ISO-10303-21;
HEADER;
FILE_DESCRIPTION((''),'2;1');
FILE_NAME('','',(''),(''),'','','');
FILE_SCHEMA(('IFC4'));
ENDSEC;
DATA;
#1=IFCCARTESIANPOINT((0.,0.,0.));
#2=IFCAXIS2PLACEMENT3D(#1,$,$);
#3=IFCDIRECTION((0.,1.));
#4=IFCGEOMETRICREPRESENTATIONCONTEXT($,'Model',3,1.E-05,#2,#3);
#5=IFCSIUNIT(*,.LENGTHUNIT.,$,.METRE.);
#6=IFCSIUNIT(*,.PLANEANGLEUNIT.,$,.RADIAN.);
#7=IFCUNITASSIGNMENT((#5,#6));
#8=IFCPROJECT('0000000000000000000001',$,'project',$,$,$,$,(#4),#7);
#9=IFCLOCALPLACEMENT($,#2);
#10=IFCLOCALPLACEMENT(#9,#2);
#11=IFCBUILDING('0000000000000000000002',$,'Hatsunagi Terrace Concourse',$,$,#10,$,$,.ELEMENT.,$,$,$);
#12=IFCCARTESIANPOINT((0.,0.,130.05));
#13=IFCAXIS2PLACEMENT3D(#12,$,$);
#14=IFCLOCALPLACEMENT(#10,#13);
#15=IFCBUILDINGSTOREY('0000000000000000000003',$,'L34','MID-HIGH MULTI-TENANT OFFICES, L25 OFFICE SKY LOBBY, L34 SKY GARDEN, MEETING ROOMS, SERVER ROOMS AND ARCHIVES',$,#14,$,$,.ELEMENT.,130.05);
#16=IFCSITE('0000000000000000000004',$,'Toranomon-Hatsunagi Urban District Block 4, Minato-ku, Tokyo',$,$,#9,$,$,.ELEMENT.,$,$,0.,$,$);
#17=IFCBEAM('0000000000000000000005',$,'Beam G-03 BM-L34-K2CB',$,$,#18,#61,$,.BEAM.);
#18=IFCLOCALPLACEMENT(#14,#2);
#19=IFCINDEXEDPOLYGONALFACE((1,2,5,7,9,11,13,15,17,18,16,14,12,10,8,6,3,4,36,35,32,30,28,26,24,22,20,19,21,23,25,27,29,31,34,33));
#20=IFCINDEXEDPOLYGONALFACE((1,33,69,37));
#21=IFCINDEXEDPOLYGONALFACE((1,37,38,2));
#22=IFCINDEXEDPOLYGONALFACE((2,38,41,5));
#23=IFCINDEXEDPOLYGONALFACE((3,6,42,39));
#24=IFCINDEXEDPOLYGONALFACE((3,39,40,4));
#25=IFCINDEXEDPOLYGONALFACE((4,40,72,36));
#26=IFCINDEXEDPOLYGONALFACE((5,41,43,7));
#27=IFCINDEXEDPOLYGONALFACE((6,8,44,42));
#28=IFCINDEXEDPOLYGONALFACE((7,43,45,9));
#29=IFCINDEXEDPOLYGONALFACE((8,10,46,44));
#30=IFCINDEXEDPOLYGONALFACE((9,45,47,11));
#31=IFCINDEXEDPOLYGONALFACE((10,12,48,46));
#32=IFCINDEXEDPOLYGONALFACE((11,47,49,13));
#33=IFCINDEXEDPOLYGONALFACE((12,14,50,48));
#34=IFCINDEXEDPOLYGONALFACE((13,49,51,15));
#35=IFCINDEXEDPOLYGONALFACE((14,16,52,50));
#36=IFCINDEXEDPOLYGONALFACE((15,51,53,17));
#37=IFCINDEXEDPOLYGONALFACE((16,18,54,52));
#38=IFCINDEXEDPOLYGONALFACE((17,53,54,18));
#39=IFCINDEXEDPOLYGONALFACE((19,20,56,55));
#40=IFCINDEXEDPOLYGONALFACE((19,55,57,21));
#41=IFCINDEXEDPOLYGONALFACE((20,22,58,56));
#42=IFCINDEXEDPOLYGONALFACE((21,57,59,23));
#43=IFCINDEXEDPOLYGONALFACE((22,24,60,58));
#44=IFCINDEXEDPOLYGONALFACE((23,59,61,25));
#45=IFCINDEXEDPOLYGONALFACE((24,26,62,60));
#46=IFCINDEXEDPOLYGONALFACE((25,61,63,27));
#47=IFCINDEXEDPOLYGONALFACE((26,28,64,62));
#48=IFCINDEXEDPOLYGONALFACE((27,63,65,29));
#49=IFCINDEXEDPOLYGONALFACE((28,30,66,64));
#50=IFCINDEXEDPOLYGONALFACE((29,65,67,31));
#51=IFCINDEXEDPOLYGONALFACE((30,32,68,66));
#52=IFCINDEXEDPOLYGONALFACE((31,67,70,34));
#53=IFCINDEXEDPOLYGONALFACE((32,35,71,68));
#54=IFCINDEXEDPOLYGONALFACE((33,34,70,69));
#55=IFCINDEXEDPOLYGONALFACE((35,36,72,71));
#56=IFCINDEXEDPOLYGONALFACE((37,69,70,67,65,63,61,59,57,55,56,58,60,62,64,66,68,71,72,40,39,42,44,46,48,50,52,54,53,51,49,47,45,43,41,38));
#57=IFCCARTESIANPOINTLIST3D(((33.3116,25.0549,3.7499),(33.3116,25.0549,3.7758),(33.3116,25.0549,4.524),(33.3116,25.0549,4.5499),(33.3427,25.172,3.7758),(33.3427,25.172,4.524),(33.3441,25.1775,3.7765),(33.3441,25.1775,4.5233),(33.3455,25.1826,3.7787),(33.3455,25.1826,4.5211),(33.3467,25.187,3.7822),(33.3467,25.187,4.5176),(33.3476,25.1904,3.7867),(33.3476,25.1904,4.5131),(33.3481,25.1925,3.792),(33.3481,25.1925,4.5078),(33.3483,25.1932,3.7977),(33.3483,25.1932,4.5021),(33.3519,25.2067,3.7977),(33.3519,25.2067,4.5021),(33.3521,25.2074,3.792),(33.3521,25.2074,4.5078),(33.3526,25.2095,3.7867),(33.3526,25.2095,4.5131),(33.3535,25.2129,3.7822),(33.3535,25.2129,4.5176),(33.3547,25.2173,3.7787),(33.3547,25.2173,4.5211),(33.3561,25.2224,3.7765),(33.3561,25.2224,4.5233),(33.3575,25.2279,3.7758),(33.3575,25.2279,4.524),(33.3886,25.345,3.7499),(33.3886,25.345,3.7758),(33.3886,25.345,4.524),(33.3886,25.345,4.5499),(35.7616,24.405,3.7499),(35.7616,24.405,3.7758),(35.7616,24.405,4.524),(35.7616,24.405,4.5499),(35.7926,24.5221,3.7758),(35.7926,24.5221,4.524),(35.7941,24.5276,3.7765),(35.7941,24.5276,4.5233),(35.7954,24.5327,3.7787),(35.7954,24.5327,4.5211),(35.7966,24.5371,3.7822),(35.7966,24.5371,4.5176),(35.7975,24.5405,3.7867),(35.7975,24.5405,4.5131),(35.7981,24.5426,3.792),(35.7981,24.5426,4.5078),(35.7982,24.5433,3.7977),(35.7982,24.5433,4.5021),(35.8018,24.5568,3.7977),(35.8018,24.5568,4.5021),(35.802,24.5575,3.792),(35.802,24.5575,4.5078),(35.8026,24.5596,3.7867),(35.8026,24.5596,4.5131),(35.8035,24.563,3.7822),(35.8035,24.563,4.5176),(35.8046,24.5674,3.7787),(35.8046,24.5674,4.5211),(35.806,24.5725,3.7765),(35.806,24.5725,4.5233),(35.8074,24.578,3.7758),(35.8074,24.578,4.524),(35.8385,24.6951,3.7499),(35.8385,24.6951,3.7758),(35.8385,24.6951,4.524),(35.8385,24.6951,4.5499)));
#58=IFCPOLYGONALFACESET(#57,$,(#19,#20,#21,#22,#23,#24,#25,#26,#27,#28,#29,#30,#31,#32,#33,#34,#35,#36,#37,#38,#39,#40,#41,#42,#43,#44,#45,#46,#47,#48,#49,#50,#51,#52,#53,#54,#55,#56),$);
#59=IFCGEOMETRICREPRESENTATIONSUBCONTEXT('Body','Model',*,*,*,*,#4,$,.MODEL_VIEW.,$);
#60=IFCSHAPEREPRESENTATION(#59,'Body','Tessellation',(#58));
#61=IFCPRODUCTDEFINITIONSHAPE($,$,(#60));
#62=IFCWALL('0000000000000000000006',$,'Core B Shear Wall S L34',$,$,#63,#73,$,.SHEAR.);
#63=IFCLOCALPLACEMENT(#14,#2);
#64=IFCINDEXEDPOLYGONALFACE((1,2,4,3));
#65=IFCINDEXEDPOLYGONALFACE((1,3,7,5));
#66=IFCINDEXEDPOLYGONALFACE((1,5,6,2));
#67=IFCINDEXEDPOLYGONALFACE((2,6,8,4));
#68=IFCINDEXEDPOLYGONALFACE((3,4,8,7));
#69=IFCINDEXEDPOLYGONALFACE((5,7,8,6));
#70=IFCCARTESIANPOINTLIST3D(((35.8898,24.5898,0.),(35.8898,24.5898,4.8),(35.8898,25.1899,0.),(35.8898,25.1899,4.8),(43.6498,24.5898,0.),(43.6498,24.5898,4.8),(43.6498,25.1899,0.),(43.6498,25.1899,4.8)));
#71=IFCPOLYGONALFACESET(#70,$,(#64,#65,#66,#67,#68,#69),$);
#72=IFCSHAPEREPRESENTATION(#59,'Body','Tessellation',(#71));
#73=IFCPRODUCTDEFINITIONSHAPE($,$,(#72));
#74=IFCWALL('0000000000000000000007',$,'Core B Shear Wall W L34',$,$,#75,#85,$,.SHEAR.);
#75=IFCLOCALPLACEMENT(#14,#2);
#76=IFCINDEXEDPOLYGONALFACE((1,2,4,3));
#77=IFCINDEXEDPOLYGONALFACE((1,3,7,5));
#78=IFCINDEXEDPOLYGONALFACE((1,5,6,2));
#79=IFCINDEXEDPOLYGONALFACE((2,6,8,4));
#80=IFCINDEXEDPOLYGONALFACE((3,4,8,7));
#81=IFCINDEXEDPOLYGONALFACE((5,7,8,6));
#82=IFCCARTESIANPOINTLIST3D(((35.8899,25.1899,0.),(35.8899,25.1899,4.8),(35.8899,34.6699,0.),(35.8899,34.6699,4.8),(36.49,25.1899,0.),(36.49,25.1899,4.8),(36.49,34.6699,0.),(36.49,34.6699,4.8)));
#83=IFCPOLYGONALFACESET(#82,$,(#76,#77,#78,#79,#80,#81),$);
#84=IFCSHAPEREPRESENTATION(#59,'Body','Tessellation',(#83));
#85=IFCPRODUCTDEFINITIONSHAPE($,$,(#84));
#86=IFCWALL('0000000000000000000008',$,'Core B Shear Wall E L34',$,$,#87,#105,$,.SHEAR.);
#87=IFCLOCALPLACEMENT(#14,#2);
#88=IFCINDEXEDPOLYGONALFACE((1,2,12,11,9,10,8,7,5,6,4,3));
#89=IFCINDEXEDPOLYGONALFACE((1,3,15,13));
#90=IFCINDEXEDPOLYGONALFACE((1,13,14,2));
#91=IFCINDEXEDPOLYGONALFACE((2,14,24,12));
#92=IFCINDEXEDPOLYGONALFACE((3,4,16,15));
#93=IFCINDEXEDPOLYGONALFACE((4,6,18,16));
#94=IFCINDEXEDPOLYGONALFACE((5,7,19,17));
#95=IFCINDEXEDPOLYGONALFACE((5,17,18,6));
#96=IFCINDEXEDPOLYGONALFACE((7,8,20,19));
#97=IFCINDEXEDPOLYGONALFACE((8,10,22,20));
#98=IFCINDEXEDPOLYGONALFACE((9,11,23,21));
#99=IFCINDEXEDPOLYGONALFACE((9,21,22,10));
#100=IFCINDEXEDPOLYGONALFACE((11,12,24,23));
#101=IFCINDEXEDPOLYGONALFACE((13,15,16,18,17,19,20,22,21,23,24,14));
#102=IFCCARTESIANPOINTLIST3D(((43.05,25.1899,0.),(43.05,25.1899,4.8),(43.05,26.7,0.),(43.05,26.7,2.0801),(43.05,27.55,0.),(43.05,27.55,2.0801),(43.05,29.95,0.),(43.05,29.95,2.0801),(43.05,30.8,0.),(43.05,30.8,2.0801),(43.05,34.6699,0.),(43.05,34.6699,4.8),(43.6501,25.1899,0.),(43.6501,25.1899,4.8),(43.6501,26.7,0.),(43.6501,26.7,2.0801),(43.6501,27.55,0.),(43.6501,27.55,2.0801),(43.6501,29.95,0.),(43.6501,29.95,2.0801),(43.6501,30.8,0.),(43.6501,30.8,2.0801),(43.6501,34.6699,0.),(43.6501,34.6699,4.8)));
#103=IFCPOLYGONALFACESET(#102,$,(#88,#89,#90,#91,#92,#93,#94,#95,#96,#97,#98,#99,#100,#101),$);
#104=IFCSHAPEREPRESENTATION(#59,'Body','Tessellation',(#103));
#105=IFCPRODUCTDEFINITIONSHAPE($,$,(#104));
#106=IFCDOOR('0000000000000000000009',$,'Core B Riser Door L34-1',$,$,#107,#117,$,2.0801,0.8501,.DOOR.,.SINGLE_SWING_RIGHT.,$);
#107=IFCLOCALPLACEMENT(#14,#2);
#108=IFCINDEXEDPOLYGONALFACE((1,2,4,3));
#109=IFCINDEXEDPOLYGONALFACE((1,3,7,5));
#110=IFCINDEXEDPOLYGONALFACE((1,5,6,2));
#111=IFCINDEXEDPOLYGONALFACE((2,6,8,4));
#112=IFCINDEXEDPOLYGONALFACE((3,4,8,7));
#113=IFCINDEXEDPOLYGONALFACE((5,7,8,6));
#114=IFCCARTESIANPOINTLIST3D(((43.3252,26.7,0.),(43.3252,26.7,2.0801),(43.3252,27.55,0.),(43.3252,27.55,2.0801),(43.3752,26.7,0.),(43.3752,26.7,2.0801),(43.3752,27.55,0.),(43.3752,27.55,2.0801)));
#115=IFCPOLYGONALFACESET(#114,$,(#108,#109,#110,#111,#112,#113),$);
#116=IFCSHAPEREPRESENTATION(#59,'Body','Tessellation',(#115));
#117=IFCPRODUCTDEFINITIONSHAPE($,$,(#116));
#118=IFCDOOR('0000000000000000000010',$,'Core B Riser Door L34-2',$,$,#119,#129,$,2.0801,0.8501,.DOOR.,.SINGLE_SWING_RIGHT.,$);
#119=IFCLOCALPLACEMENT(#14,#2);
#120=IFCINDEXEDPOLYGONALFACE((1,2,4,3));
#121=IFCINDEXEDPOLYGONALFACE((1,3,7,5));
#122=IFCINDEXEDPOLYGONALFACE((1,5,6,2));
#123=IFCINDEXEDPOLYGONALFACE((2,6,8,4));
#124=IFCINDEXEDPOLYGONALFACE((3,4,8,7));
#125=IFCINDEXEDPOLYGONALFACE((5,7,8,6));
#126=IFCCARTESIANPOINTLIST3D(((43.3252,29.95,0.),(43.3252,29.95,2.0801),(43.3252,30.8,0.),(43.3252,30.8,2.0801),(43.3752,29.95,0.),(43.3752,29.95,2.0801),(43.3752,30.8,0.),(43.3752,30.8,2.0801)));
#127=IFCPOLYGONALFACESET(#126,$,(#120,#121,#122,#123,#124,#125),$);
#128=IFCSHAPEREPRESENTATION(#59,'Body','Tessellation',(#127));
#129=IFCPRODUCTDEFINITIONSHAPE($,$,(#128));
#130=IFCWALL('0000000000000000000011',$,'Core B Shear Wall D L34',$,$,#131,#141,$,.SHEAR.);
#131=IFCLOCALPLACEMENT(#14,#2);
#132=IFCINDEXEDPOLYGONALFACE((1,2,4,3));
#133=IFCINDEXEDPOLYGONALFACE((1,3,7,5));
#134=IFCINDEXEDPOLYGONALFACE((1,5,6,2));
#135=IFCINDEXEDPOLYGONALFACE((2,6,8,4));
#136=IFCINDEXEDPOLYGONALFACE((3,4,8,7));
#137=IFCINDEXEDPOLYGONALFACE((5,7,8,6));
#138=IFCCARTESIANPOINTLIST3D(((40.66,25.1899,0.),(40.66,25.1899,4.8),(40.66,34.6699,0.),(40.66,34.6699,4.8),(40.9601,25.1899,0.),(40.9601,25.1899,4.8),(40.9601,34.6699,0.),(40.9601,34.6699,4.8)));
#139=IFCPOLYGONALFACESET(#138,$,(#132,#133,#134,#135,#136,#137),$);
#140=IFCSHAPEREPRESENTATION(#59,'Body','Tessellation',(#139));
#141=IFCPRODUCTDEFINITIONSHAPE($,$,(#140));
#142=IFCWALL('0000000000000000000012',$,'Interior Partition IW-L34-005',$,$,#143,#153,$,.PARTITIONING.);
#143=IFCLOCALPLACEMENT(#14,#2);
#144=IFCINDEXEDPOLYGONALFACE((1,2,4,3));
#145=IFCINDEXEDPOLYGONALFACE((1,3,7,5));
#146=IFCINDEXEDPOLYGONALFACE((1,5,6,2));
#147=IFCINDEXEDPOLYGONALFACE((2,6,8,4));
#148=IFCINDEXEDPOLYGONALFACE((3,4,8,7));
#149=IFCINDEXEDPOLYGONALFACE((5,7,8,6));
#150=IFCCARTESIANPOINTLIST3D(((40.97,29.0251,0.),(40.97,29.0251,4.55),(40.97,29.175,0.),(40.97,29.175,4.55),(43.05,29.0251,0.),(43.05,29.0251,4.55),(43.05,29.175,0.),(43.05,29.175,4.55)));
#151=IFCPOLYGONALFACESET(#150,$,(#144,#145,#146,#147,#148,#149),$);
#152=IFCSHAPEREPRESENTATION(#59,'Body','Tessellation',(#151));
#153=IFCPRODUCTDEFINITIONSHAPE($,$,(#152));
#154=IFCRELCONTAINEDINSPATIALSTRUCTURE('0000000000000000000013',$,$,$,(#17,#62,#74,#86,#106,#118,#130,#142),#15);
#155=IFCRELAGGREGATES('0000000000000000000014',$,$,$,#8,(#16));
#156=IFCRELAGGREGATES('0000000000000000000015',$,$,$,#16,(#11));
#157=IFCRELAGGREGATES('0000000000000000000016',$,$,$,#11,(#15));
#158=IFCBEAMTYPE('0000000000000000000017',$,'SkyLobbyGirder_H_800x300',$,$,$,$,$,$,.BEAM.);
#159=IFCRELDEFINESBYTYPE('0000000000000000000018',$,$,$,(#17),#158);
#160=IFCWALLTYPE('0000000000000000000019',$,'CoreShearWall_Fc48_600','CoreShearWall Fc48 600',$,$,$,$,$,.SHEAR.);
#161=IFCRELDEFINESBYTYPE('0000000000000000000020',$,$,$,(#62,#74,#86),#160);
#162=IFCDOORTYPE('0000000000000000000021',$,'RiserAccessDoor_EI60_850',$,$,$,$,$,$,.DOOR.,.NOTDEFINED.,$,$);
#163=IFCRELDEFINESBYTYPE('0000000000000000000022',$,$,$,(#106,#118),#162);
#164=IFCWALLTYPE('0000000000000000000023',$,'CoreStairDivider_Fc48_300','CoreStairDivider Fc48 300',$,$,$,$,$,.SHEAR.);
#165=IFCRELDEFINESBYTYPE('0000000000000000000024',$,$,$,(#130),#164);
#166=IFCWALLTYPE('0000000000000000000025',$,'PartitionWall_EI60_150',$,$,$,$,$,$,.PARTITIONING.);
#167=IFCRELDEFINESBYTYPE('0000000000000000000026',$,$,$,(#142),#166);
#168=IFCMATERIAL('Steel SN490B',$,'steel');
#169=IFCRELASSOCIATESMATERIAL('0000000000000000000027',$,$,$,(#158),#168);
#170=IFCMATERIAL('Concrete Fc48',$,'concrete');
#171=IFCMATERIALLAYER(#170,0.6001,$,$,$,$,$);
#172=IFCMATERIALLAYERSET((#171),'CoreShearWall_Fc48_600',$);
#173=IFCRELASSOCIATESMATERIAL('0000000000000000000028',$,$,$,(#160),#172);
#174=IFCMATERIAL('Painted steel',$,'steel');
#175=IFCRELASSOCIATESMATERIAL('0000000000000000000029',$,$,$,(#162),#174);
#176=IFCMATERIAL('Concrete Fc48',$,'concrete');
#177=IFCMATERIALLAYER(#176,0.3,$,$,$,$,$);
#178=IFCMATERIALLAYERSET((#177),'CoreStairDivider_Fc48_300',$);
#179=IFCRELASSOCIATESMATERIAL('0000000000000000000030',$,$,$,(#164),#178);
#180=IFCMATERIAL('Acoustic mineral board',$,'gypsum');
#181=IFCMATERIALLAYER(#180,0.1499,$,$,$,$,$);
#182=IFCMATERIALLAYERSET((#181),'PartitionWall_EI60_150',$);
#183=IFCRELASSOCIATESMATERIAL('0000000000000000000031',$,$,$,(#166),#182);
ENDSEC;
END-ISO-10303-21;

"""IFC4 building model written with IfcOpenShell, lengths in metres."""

from ifc_helpers import new_model, si_unit, direction, frame, frame_2d, origin, origin_2d, place, context, subcontext, project, spatial, rectangle, i_section, extrude, material, layer, layer_set, material_profile, profile_set, type_object, element, fill, save


model = new_model("IFC4")

# Units and contexts
model_context = context("Model", 3, precision=1e-05, world=origin(), true_north=direction((0.0, 1.0)))
body_context = subcontext(model_context, "Body", "Model", "MODEL_VIEW")
ifc_project = project(units=[si_unit("LENGTHUNIT", "METRE"), si_unit("PLANEANGLEUNIT", "RADIAN")], contexts=[model_context])

# Site, building, storey
site_placement = place(None, origin())
site = spatial("IfcSite", under=ifc_project, at=site_placement, Name="Toranomon-Hatsunagi Urban District Block 4, Minato-ku, Tokyo", CompositionType="ELEMENT", RefElevation=0.0)
building_placement = place(site_placement, origin())
building = spatial("IfcBuilding", under=site, at=building_placement, Name="Hatsunagi Terrace Concourse", CompositionType="ELEMENT")
storey_placement = place(building_placement, frame((0.0, 0.0, 130.05)))
storey = spatial("IfcBuildingStorey", under=building, at=storey_placement, Name="L34", Description="MID-HIGH MULTI-TENANT OFFICES, L25 OFFICE SKY LOBBY, L34 SKY GARDEN, MEETING ROOMS, SERVER ROOMS AND ARCHIVES", CompositionType="ELEMENT", Elevation=130.05)

# Beam
ifc_material_1 = material(Name="Steel SN490B", Category="steel")
ifc_material_profile_1 = material_profile(ifc_material_1, i_section(OverallWidth=0.3, OverallDepth=0.8, WebThickness=0.0139, FlangeThickness=0.0259, FilletRadius=0.022, at=origin_2d()), Name="H-800x300x14x26")
ifc_profile_set_1 = profile_set([ifc_material_profile_1], Name="Steel SN490B")
beam_type_1 = type_object("IfcBeamType", Name="SkyLobbyGirder_H_800x300", PredefinedType="BEAM", material=ifc_profile_set_1)
beam_1_placement = place(storey_placement, frame((33.3501, 25.2, 4.1499), z_axis=(0.96657, -0.256403, 0.0), x_axis=(0.256403, 0.96657, 0.0)))
element("IfcBeam", 1, at=beam_1_placement, inside=storey, type_object=beam_type_1, Name="Beam G-03 BM-L34-K2CB", PredefinedType="BEAM", context=body_context, shape_type="SweptSolid", body=[
    extrude(i_section(OverallWidth=0.3, OverallDepth=0.8, WebThickness=0.0139, FlangeThickness=0.0259, FilletRadius=0.022, at=origin_2d()), origin(), (0.0, 0.0, 1.0), 2.5347),
])

# Walls
ifc_material_2 = material(Name="Concrete Fc48", Category="concrete")
ifc_layer_1 = layer(ifc_material_2, 0.6001)
ifc_layer_set_1 = layer_set([ifc_layer_1], Name="CoreShearWall_Fc48_600")
wall_type_1 = type_object("IfcWallType", Name="CoreShearWall_Fc48_600", Description="CoreShearWall Fc48 600", PredefinedType="SHEAR", material=ifc_layer_set_1)
wall_1_placement = place(storey_placement, frame((35.8899, 24.8899, 0.0), z_axis=(0.0, 0.0, 1.0), x_axis=(1.0, 0.0, 0.0)))
element("IfcWall", 2, at=wall_1_placement, inside=storey, type_object=wall_type_1, Name="Core B Shear Wall S L34", PredefinedType="SHEAR", context=body_context, shape_type="SweptSolid", body=[
    extrude(rectangle(XDim=7.76, YDim=0.6001, at=frame_2d((3.8799, 0.0))), origin(), (0.0, 0.0, 1.0), 4.8),
])
wall_2_placement = place(storey_placement, frame((36.1899, 25.1899, 0.0), z_axis=(0.0, 0.0, 1.0), x_axis=(0.0, 1.0, 0.0)))
element("IfcWall", 3, at=wall_2_placement, inside=storey, type_object=wall_type_1, Name="Core B Shear Wall W L34", PredefinedType="SHEAR", context=body_context, shape_type="SweptSolid", body=[
    extrude(rectangle(XDim=9.48, YDim=0.6001, at=frame_2d((4.74, 0.0))), origin(), (0.0, 0.0, 1.0), 4.8),
])

# Wall, openings, doors
wall_3_placement = place(storey_placement, frame((43.3501, 25.1899, 0.0), z_axis=(0.0, 0.0, 1.0), x_axis=(0.0, 1.0, 0.0)))
wall_3 = element("IfcWall", 4, at=wall_3_placement, inside=storey, type_object=wall_type_1, Name="Core B Shear Wall E L34", PredefinedType="SHEAR", context=body_context, shape_type="SweptSolid", body=[
    extrude(rectangle(XDim=9.48, YDim=0.6001, at=frame_2d((4.74, 0.0))), origin(), (0.0, 0.0, 1.0), 4.8),
])
opening_1_placement = place(wall_3_placement, frame((1.51, 0.0, 0.0)))
opening_1 = element("IfcOpeningElement", 5, at=opening_1_placement, cuts=wall_3, PredefinedType="OPENING", context=body_context, shape_type="SweptSolid", body=[
    extrude(rectangle(XDim=0.8501, YDim=2.0801, at=frame_2d((0.425, 1.04))), frame((0.0, 0.3101, 0.0), z_axis=(0.0, -1.0, 0.0), x_axis=(1.0, 0.0, 0.0)), (0.0, 0.0, 1.0), 0.6201),
])
opening_2_placement = place(wall_3_placement, frame((4.76, 0.0, 0.0)))
opening_2 = element("IfcOpeningElement", 6, at=opening_2_placement, cuts=wall_3, PredefinedType="OPENING", context=body_context, shape_type="SweptSolid", body=[
    extrude(rectangle(XDim=0.8501, YDim=2.0801, at=frame_2d((0.425, 1.04))), frame((0.0, 0.3101, 0.0), z_axis=(0.0, -1.0, 0.0), x_axis=(1.0, 0.0, 0.0)), (0.0, 0.0, 1.0), 0.6201),
])
ifc_material_3 = material(Name="Painted steel", Category="steel")
door_type_1 = type_object("IfcDoorType", Name="RiserAccessDoor_EI60_850", OperationType="NOTDEFINED", PredefinedType="DOOR", material=ifc_material_3)
door_1_placement = place(opening_1_placement, origin())
door_1 = element("IfcDoor", 7, at=door_1_placement, inside=storey, type_object=door_type_1, Name="Core B Riser Door L34-1", OperationType="SINGLE_SWING_RIGHT", OverallHeight=2.0801, OverallWidth=0.8501, PredefinedType="DOOR", context=body_context, shape_type="SweptSolid", body=[
    extrude(rectangle(XDim=0.8501, YDim=2.0801, at=frame_2d((0.425, 1.04))), frame((0.0, 0.0249, 0.0), z_axis=(0.0, -1.0, 0.0), x_axis=(1.0, 0.0, 0.0)), (0.0, 0.0, 1.0), 0.05),
])
fill(opening_1, door_1)
door_2_placement = place(opening_2_placement, origin())
door_2 = element("IfcDoor", 8, at=door_2_placement, inside=storey, type_object=door_type_1, Name="Core B Riser Door L34-2", OperationType="SINGLE_SWING_RIGHT", OverallHeight=2.0801, OverallWidth=0.8501, PredefinedType="DOOR", context=body_context, shape_type="SweptSolid", body=[
    extrude(rectangle(XDim=0.8501, YDim=2.0801, at=frame_2d((0.425, 1.04))), frame((0.0, 0.0249, 0.0), z_axis=(0.0, -1.0, 0.0), x_axis=(1.0, 0.0, 0.0)), (0.0, 0.0, 1.0), 0.05),
])
fill(opening_2, door_2)

# Walls
ifc_material_4 = material(Name="Concrete Fc48", Category="concrete")
ifc_layer_2 = layer(ifc_material_4, 0.3)
ifc_layer_set_2 = layer_set([ifc_layer_2], Name="CoreStairDivider_Fc48_300")
wall_type_2 = type_object("IfcWallType", Name="CoreStairDivider_Fc48_300", Description="CoreStairDivider Fc48 300", PredefinedType="SHEAR", material=ifc_layer_set_2)
wall_4_placement = place(storey_placement, frame((40.8101, 25.1899, 0.0), z_axis=(0.0, 0.0, 1.0), x_axis=(0.0, 1.0, 0.0)))
element("IfcWall", 9, at=wall_4_placement, inside=storey, type_object=wall_type_2, Name="Core B Shear Wall D L34", PredefinedType="SHEAR", context=body_context, shape_type="SweptSolid", body=[
    extrude(rectangle(XDim=9.48, YDim=0.3, at=frame_2d((4.74, 0.0))), origin(), (0.0, 0.0, 1.0), 4.8),
])
ifc_material_5 = material(Name="Acoustic mineral board", Category="gypsum")
ifc_layer_3 = layer(ifc_material_5, 0.1499)
ifc_layer_set_3 = layer_set([ifc_layer_3], Name="PartitionWall_EI60_150")
wall_type_3 = type_object("IfcWallType", Name="PartitionWall_EI60_150", PredefinedType="PARTITIONING", material=ifc_layer_set_3)
wall_5_placement = place(storey_placement, frame((40.97, 29.1001, 0.0), z_axis=(0.0, 0.0, 1.0), x_axis=(1.0, 0.0, 0.0)))
element("IfcWall", 10, at=wall_5_placement, inside=storey, type_object=wall_type_3, Name="Interior Partition IW-L34-005", PredefinedType="PARTITIONING", context=body_context, shape_type="SweptSolid", body=[
    extrude(rectangle(XDim=2.0801, YDim=0.1499, at=frame_2d((1.04, 0.0))), origin(), (0.0, 0.0, 1.0), 4.55),
])

save(model, "model.ifc")
